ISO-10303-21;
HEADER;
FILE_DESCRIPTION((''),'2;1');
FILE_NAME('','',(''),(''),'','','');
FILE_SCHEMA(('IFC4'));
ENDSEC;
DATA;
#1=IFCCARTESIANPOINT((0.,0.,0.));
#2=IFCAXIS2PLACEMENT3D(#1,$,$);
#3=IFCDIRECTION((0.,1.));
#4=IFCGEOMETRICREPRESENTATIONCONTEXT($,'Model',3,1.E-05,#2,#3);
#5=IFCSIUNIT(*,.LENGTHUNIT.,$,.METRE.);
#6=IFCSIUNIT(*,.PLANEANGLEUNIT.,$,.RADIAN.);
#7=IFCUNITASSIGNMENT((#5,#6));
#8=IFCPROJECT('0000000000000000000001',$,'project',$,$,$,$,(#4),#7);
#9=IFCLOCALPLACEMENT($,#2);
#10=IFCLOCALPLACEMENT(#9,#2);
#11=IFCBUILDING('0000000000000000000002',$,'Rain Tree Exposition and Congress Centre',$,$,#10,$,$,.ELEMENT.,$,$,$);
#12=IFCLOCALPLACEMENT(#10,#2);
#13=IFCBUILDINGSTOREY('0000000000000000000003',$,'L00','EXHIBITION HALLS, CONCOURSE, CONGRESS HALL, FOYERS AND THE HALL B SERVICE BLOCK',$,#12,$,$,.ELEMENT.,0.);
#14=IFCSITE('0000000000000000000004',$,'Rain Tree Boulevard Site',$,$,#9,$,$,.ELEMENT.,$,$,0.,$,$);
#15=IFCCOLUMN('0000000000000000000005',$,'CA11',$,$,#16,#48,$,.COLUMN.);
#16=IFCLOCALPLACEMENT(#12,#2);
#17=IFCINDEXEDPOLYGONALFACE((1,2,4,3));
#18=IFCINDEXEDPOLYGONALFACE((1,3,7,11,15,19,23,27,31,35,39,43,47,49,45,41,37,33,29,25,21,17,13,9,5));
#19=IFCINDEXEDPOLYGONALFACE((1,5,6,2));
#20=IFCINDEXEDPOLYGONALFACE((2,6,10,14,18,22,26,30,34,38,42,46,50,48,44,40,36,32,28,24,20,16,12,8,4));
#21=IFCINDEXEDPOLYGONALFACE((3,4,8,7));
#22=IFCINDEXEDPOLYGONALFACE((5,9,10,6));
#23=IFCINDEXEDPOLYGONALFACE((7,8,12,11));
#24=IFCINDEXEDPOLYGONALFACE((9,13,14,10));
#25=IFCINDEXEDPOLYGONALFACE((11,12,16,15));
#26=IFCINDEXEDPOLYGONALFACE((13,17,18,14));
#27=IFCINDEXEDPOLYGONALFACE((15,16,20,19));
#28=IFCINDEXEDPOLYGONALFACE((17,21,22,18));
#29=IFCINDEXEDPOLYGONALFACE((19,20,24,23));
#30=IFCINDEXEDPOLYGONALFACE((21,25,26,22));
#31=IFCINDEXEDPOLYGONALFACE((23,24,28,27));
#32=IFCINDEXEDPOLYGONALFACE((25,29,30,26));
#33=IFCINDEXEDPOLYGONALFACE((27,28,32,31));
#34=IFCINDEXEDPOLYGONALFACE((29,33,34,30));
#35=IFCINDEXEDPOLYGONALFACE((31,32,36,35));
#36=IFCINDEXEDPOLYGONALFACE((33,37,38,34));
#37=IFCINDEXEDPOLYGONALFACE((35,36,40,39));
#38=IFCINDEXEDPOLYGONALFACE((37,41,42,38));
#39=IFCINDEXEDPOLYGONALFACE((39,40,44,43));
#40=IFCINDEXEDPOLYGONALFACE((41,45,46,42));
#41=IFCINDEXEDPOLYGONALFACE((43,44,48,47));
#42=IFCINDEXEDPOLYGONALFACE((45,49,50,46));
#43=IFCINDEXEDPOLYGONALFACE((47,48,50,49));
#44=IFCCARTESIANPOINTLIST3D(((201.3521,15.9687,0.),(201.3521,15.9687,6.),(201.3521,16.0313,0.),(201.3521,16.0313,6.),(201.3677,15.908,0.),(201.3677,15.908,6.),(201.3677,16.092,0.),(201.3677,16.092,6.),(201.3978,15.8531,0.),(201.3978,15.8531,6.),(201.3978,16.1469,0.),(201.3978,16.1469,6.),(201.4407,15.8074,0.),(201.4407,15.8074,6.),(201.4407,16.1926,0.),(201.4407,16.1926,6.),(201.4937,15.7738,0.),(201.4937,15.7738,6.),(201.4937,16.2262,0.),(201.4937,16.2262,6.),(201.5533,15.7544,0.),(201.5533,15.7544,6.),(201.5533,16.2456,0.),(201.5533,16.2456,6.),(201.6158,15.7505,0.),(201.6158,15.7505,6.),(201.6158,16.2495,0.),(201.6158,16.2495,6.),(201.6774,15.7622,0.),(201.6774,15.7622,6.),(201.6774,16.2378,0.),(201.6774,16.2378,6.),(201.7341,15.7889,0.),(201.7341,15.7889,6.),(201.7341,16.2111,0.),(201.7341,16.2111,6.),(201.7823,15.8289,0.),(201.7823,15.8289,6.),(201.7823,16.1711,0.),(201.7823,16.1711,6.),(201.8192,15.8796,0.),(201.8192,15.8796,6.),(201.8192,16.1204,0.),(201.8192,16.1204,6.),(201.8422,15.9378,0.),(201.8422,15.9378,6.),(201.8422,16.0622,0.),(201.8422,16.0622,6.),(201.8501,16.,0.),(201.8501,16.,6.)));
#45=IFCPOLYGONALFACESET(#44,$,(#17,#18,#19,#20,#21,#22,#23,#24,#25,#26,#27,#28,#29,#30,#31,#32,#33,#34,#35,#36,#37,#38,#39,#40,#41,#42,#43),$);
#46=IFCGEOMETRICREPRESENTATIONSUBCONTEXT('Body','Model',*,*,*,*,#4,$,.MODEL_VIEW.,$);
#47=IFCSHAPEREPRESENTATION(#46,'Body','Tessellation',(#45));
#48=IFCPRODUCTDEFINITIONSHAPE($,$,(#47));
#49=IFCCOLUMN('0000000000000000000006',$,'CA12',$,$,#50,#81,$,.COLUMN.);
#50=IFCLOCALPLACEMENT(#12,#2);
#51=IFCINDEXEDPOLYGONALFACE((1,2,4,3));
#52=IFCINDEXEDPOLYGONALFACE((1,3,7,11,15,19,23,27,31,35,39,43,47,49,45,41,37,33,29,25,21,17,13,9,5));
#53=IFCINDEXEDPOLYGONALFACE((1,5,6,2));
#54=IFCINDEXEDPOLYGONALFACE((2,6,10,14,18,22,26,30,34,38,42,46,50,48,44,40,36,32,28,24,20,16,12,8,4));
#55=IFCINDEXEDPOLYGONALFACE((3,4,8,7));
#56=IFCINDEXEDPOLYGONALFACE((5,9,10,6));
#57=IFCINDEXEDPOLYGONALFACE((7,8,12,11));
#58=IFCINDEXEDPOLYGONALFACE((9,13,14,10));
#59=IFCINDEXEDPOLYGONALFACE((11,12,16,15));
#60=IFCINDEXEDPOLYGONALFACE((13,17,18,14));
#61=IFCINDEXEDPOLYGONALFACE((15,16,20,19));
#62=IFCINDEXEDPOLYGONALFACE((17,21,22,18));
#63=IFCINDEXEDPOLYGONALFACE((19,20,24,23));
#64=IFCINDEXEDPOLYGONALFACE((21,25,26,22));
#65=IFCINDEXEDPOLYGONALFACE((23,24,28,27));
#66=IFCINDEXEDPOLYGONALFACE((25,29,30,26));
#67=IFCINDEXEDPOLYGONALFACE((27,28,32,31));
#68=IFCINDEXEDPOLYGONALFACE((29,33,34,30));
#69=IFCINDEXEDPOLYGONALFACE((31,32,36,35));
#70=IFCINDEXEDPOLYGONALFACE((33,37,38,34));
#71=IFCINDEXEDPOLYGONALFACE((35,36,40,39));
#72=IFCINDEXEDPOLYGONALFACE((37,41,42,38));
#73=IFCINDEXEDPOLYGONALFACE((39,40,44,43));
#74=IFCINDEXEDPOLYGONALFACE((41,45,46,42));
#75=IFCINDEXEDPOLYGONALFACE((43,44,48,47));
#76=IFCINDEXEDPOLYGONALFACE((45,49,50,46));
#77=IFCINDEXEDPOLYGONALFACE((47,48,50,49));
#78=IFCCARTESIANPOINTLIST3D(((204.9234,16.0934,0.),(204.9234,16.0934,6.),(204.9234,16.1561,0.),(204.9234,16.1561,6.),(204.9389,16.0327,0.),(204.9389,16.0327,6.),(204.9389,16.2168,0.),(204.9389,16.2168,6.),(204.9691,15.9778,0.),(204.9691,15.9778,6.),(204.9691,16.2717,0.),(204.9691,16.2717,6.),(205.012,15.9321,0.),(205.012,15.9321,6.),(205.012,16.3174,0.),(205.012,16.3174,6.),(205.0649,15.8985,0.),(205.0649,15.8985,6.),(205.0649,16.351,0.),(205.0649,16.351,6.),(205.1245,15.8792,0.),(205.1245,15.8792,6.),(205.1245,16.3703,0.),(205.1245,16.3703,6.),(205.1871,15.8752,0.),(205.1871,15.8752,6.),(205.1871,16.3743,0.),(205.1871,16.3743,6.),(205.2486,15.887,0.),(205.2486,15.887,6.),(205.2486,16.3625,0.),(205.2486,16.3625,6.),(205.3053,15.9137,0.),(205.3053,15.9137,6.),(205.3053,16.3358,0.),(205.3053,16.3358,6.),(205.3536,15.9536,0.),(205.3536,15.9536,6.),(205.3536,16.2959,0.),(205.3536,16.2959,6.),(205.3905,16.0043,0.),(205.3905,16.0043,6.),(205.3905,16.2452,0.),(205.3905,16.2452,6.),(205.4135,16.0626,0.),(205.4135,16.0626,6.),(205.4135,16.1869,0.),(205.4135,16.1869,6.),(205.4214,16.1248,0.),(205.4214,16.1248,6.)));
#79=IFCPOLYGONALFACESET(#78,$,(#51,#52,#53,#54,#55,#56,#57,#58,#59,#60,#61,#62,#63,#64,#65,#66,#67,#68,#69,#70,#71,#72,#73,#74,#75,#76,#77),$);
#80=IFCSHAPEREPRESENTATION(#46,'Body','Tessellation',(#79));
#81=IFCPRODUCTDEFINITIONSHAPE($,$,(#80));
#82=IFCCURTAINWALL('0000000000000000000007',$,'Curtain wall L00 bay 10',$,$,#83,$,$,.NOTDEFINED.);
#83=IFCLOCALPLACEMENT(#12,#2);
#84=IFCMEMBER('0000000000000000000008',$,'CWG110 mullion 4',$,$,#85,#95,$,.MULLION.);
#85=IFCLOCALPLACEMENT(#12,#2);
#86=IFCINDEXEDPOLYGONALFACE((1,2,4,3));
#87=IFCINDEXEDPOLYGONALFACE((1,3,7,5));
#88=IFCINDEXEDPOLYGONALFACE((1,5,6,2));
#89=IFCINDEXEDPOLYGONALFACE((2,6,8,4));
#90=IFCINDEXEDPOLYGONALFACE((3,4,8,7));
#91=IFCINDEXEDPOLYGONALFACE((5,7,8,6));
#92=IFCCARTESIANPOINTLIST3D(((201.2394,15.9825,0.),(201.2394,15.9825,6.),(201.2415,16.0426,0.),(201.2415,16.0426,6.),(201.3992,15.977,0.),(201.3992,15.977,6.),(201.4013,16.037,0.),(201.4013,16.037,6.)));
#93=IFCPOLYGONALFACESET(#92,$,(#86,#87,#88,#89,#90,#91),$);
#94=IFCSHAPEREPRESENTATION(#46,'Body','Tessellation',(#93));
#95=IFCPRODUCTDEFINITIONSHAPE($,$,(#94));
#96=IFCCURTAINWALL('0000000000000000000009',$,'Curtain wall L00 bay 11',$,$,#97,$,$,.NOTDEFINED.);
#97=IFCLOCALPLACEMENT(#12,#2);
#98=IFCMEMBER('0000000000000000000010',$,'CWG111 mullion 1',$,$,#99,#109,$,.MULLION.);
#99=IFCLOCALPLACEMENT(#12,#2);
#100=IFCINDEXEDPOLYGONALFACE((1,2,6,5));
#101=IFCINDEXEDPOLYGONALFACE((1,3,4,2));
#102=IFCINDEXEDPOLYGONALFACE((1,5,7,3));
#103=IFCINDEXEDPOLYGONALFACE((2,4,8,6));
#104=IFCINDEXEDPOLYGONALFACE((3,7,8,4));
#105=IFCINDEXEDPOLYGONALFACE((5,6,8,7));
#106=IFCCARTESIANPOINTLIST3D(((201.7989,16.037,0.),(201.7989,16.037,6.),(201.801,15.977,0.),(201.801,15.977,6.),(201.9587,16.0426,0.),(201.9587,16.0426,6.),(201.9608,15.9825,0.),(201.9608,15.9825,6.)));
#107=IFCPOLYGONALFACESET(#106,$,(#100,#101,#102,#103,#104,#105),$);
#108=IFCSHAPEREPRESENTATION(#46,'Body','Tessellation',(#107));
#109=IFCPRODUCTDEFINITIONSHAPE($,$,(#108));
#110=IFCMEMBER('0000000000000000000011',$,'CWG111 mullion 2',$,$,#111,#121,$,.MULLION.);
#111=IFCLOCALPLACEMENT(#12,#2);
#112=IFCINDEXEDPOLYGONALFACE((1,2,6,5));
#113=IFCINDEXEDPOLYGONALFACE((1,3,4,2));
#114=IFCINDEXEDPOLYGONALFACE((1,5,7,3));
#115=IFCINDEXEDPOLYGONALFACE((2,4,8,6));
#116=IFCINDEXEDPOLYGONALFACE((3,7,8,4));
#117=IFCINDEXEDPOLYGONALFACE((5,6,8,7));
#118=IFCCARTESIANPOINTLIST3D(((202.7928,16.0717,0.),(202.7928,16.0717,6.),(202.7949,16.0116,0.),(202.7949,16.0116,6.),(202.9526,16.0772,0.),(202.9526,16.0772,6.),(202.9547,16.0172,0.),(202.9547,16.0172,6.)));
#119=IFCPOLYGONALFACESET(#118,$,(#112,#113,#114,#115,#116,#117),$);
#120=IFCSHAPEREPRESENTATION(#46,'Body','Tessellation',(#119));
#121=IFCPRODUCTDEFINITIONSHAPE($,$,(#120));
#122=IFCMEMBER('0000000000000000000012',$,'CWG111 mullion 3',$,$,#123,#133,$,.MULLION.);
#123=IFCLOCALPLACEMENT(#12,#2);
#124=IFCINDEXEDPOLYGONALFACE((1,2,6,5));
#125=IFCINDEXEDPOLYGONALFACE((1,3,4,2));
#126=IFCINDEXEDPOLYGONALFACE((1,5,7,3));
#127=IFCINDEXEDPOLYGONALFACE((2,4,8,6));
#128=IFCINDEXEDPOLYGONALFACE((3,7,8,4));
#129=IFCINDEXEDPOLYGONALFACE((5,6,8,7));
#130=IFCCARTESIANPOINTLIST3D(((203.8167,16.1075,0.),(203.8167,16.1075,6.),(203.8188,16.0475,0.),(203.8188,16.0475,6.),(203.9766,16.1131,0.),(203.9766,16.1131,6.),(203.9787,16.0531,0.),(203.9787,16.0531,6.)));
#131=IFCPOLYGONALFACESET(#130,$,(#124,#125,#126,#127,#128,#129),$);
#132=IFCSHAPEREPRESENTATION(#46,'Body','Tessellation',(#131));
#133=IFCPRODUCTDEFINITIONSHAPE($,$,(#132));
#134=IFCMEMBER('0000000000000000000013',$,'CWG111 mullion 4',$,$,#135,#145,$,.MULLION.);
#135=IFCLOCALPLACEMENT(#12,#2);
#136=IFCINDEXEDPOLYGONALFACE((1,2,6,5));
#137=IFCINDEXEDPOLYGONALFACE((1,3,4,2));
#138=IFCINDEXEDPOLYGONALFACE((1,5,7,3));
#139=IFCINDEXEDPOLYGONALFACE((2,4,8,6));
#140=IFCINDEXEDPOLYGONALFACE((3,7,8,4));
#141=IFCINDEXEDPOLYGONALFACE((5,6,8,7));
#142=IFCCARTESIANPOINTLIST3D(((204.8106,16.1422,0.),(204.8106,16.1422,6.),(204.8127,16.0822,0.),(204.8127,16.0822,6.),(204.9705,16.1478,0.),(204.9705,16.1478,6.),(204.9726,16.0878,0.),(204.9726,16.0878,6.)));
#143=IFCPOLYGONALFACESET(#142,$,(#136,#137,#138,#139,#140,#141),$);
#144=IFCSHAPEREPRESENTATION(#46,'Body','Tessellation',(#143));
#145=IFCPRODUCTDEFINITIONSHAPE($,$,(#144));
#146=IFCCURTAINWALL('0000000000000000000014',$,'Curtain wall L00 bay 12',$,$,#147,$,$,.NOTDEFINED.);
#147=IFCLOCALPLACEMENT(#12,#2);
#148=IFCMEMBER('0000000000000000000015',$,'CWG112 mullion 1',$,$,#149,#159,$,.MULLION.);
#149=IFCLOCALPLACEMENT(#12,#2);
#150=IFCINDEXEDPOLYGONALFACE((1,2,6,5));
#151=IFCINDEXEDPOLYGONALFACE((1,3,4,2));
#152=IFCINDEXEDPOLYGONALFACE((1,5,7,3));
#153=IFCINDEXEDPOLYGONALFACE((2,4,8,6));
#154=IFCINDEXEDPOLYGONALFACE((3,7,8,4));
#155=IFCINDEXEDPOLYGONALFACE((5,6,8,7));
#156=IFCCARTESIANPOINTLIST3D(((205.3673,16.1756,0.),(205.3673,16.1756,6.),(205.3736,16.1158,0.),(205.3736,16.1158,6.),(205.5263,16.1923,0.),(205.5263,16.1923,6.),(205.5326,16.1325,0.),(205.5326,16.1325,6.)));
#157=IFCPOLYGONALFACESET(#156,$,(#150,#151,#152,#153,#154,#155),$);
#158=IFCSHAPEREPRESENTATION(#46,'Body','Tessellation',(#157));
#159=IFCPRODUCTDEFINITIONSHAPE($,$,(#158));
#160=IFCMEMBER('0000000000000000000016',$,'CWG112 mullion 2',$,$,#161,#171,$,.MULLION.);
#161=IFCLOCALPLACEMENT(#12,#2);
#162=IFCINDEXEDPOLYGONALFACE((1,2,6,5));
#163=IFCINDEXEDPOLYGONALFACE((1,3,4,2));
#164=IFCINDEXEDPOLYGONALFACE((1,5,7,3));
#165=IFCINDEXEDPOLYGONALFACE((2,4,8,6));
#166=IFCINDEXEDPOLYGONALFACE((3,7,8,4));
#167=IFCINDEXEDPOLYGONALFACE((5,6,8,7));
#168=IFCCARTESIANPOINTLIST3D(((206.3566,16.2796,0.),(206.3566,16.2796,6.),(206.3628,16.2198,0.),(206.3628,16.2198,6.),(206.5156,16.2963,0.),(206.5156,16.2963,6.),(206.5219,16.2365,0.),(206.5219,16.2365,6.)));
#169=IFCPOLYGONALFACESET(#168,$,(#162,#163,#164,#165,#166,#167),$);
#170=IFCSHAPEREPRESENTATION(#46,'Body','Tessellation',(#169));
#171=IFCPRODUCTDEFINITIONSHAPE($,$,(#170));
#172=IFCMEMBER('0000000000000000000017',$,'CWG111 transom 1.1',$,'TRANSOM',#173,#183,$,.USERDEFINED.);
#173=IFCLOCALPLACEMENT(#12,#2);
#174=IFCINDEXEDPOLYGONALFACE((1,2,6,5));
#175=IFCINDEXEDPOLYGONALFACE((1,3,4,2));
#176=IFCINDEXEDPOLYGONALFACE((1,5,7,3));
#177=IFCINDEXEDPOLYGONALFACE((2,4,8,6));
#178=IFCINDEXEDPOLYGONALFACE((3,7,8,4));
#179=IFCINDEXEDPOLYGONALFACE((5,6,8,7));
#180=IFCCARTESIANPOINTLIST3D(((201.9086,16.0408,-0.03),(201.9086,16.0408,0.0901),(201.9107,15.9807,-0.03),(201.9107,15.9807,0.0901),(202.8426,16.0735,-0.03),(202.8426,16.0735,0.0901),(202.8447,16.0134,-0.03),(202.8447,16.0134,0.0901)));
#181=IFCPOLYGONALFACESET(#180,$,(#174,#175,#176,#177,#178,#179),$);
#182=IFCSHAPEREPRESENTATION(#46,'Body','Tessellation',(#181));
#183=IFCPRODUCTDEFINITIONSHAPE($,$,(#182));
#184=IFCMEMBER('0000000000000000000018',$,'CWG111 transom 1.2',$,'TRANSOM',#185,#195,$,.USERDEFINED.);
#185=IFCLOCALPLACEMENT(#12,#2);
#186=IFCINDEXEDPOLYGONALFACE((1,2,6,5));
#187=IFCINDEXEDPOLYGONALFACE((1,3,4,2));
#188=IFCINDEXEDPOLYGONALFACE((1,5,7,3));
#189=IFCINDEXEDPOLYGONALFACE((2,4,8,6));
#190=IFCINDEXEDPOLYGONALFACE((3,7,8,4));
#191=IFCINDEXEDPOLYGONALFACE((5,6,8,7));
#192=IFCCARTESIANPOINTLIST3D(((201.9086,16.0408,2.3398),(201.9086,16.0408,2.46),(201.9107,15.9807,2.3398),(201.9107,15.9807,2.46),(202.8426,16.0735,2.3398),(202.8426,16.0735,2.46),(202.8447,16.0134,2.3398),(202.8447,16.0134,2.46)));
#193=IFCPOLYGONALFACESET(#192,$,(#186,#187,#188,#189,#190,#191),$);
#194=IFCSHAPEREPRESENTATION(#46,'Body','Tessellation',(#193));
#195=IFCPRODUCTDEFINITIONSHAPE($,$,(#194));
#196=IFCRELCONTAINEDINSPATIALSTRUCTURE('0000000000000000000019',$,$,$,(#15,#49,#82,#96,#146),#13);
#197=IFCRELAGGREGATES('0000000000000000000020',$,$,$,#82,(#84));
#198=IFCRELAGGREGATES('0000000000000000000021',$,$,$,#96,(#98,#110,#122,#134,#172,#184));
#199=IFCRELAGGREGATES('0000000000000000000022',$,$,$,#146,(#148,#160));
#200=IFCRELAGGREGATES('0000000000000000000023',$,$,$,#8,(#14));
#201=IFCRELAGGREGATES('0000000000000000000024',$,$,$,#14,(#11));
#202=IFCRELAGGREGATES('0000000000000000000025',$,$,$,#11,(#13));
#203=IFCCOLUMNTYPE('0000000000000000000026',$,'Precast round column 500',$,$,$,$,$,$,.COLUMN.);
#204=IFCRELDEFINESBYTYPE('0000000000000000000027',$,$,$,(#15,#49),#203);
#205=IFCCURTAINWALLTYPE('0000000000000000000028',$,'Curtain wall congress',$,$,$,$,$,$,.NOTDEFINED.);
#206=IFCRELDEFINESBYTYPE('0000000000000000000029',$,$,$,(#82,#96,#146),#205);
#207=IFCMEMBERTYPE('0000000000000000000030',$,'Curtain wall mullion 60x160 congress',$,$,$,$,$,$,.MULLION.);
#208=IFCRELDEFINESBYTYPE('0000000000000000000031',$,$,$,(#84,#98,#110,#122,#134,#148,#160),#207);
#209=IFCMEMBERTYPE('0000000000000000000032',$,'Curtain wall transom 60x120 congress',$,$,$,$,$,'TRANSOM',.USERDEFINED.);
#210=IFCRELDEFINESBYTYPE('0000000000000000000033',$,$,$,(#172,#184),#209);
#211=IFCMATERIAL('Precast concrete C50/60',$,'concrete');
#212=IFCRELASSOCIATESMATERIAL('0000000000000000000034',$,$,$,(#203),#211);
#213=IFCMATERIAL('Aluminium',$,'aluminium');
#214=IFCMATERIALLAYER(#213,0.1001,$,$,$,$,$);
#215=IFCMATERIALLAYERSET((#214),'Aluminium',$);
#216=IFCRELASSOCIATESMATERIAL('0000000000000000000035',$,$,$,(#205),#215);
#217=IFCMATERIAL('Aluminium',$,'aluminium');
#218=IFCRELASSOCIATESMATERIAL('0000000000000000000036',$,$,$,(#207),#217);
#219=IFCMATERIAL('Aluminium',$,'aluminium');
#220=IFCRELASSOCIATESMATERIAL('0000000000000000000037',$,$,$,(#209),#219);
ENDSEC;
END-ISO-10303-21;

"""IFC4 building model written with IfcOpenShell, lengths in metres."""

from ifc_helpers import new_model, si_unit, direction, frame, origin, origin_2d, place, context, subcontext, project, spatial, rectangle, circle, extrude, material, layer, layer_set, material_profile, profile_set, type_object, element, aggregate, save


model = new_model("IFC4")

# Units and contexts
model_context = context("Model", 3, precision=1e-05, world=origin(), true_north=direction((0.0, 1.0)))
body_context = subcontext(model_context, "Body", "Model", "MODEL_VIEW")
ifc_project = project(units=[si_unit("LENGTHUNIT", "METRE"), si_unit("PLANEANGLEUNIT", "RADIAN")], contexts=[model_context])

# Site, building, storey
site_placement = place(None, origin())
site = spatial("IfcSite", under=ifc_project, at=site_placement, Name="Rain Tree Boulevard Site", CompositionType="ELEMENT", RefElevation=0.0)
building_placement = place(site_placement, origin())
building = spatial("IfcBuilding", under=site, at=building_placement, Name="Rain Tree Exposition and Congress Centre", CompositionType="ELEMENT")
storey_placement = place(building_placement, origin())
storey = spatial("IfcBuildingStorey", under=building, at=storey_placement, Name="L00", Description="EXHIBITION HALLS, CONCOURSE, CONGRESS HALL, FOYERS AND THE HALL B SERVICE BLOCK", CompositionType="ELEMENT", Elevation=0.0)

# Columns
ifc_material_1 = material(Name="Precast concrete C50/60", Category="concrete")
ifc_material_profile_1 = material_profile(ifc_material_1, circle(Radius=0.25, at=origin_2d()), Name="RC D500")
ifc_profile_set_1 = profile_set([ifc_material_profile_1], Name="Precast concrete C50/60")
column_type = type_object("IfcColumnType", Name="Precast round column 500", PredefinedType="COLUMN", material=ifc_profile_set_1)
for number, where, z_axis, x_axis, name in (
    (1, (201.6001, 16.0, 0.0), (0.0, 0.0, 1.0), (1.0, 0.0, 0.0), "CA11"),
    (2, (205.1714, 16.1248, 0.0), (0.0, 0.0, 1.0), (1.0, 0.0, 0.0), "CA12"),
):
    element("IfcColumn", number, at=place(storey_placement, frame(where, z_axis=z_axis, x_axis=x_axis)), inside=storey, type_object=column_type, Name=name, PredefinedType="COLUMN", context=body_context, shape_type="SweptSolid", body=[
        extrude(circle(Radius=0.25, at=origin_2d()), origin(), (0.0, 0.0, 1.0), 6.0),
    ])

# Curtain wall, member
ifc_material_2 = material(Name="Aluminium", Category="aluminium")
ifc_layer_1 = layer(ifc_material_2, 0.1001)
ifc_layer_set_1 = layer_set([ifc_layer_1], Name="Aluminium")
curtain_wall_type = type_object("IfcCurtainWallType", Name="Curtain wall congress", PredefinedType="NOTDEFINED", material=ifc_layer_set_1)
curtain_wall_1_placement = place(storey_placement, origin())
curtain_wall_1 = element("IfcCurtainWall", 3, at=curtain_wall_1_placement, inside=storey, type_object=curtain_wall_type, Name="Curtain wall L00 bay 10", PredefinedType="NOTDEFINED")
ifc_material_3 = material(Name="Aluminium", Category="aluminium")
ifc_material_profile_2 = material_profile(ifc_material_3, rectangle(XDim=0.0601, YDim=0.1599, at=origin_2d()), Name="AL 60x160")
ifc_profile_set_2 = profile_set([ifc_material_profile_2], Name="Aluminium")
member_type_1 = type_object("IfcMemberType", Name="Curtain wall mullion 60x160 congress", PredefinedType="MULLION", material=ifc_profile_set_2)
member_1_placement = place(storey_placement, frame((201.3203, 16.0098, 0.0), z_axis=(0.0, 0.0, 1.0), x_axis=(0.034908, 0.999391, 0.0)))
member_1 = element("IfcMember", 4, at=member_1_placement, type_object=member_type_1, Name="CWG110 mullion 4", PredefinedType="MULLION", context=body_context, shape_type="SweptSolid", body=[
    extrude(rectangle(XDim=0.0601, YDim=0.1599, at=origin_2d()), origin(), (0.0, 0.0, 1.0), 6.0),
])
aggregate(curtain_wall_1, [member_1])

# Curtain walls, members
curtain_wall_2_placement = place(storey_placement, origin())
curtain_wall_2 = element("IfcCurtainWall", 5, at=curtain_wall_2_placement, inside=storey, type_object=curtain_wall_type, Name="Curtain wall L00 bay 11", PredefinedType="NOTDEFINED")
member_2_placement = place(storey_placement, frame((201.8799, 16.0098, 0.0), z_axis=(0.0, 0.0, 1.0), x_axis=(-0.034908, 0.999391, 0.0)))
member_2 = element("IfcMember", 6, at=member_2_placement, type_object=member_type_1, Name="CWG111 mullion 1", PredefinedType="MULLION", context=body_context, shape_type="SweptSolid", body=[
    extrude(rectangle(XDim=0.0601, YDim=0.1599, at=origin_2d()), origin(), (0.0, 0.0, 1.0), 6.0),
])
member_3_placement = place(storey_placement, frame((202.8738, 16.0444, 0.0), z_axis=(0.0, 0.0, 1.0), x_axis=(-0.034908, 0.999391, 0.0)))
member_3 = element("IfcMember", 7, at=member_3_placement, type_object=member_type_1, Name="CWG111 mullion 2", PredefinedType="MULLION", context=body_context, shape_type="SweptSolid", body=[
    extrude(rectangle(XDim=0.0601, YDim=0.1599, at=origin_2d()), origin(), (0.0, 0.0, 1.0), 6.0),
])
member_4_placement = place(storey_placement, frame((203.8977, 16.0803, 0.0), z_axis=(0.0, 0.0, 1.0), x_axis=(-0.034908, 0.999391, 0.0)))
member_4 = element("IfcMember", 8, at=member_4_placement, type_object=member_type_1, Name="CWG111 mullion 3", PredefinedType="MULLION", context=body_context, shape_type="SweptSolid", body=[
    extrude(rectangle(XDim=0.0601, YDim=0.1599, at=origin_2d()), origin(), (0.0, 0.0, 1.0), 6.0),
])
member_5_placement = place(storey_placement, frame((204.8916, 16.115, 0.0), z_axis=(0.0, 0.0, 1.0), x_axis=(-0.034908, 0.999391, 0.0)))
member_5 = element("IfcMember", 9, at=member_5_placement, type_object=member_type_1, Name="CWG111 mullion 4", PredefinedType="MULLION", context=body_context, shape_type="SweptSolid", body=[
    extrude(rectangle(XDim=0.0601, YDim=0.1599, at=origin_2d()), origin(), (0.0, 0.0, 1.0), 6.0),
])
curtain_wall_3_placement = place(storey_placement, origin())
curtain_wall_3 = element("IfcCurtainWall", 10, at=curtain_wall_3_placement, inside=storey, type_object=curtain_wall_type, Name="Curtain wall L00 bay 12", PredefinedType="NOTDEFINED")
member_6_placement = place(storey_placement, frame((205.45, 16.1541, 0.0), z_axis=(0.0, 0.0, 1.0), x_axis=(-0.104502, 0.994525, 0.0)))
member_6 = element("IfcMember", 11, at=member_6_placement, type_object=member_type_1, Name="CWG112 mullion 1", PredefinedType="MULLION", context=body_context, shape_type="SweptSolid", body=[
    extrude(rectangle(XDim=0.0601, YDim=0.1599, at=origin_2d()), origin(), (0.0, 0.0, 1.0), 6.0),
])
member_7_placement = place(storey_placement, frame((206.4392, 16.2581, 0.0), z_axis=(0.0, 0.0, 1.0), x_axis=(-0.104502, 0.994525, 0.0)))
member_7 = element("IfcMember", 12, at=member_7_placement, type_object=member_type_1, Name="CWG112 mullion 2", PredefinedType="MULLION", context=body_context, shape_type="SweptSolid", body=[
    extrude(rectangle(XDim=0.0601, YDim=0.1599, at=origin_2d()), origin(), (0.0, 0.0, 1.0), 6.0),
])

# Members
ifc_material_4 = material(Name="Aluminium", Category="aluminium")
ifc_material_profile_3 = material_profile(ifc_material_4, rectangle(XDim=0.0601, YDim=0.1201, at=origin_2d()), Name="AL 60x120")
ifc_profile_set_3 = profile_set([ifc_material_profile_3], Name="Aluminium")
member_type_2 = type_object("IfcMemberType", Name="Curtain wall transom 60x120 congress", ElementType="TRANSOM", PredefinedType="USERDEFINED", material=ifc_profile_set_3)
member_8_placement = place(storey_placement, frame((201.9097, 16.0107, 0.03), z_axis=(0.999387, 0.035002, 0.0), x_axis=(-0.035002, 0.999387, 0.0)))
member_8 = element("IfcMember", 13, at=member_8_placement, type_object=member_type_2, Name="CWG111 transom 1.1", ObjectType="TRANSOM", PredefinedType="USERDEFINED", context=body_context, shape_type="SweptSolid", body=[
    extrude(rectangle(XDim=0.0601, YDim=0.1201, at=origin_2d()), origin(), (0.0, 0.0, 1.0), 0.9346),
])
member_9_placement = place(storey_placement, frame((201.9097, 16.0107, 2.3999), z_axis=(0.999387, 0.035002, 0.0), x_axis=(-0.035002, 0.999387, 0.0)))
member_9 = element("IfcMember", 14, at=member_9_placement, type_object=member_type_2, Name="CWG111 transom 1.2", ObjectType="TRANSOM", PredefinedType="USERDEFINED", context=body_context, shape_type="SweptSolid", body=[
    extrude(rectangle(XDim=0.0601, YDim=0.1201, at=origin_2d()), origin(), (0.0, 0.0, 1.0), 0.9346),
])

aggregate(curtain_wall_2, [member_2, member_3, member_4, member_5, member_8, member_9])
aggregate(curtain_wall_3, [member_6, member_7])

save(model, "model.ifc")
